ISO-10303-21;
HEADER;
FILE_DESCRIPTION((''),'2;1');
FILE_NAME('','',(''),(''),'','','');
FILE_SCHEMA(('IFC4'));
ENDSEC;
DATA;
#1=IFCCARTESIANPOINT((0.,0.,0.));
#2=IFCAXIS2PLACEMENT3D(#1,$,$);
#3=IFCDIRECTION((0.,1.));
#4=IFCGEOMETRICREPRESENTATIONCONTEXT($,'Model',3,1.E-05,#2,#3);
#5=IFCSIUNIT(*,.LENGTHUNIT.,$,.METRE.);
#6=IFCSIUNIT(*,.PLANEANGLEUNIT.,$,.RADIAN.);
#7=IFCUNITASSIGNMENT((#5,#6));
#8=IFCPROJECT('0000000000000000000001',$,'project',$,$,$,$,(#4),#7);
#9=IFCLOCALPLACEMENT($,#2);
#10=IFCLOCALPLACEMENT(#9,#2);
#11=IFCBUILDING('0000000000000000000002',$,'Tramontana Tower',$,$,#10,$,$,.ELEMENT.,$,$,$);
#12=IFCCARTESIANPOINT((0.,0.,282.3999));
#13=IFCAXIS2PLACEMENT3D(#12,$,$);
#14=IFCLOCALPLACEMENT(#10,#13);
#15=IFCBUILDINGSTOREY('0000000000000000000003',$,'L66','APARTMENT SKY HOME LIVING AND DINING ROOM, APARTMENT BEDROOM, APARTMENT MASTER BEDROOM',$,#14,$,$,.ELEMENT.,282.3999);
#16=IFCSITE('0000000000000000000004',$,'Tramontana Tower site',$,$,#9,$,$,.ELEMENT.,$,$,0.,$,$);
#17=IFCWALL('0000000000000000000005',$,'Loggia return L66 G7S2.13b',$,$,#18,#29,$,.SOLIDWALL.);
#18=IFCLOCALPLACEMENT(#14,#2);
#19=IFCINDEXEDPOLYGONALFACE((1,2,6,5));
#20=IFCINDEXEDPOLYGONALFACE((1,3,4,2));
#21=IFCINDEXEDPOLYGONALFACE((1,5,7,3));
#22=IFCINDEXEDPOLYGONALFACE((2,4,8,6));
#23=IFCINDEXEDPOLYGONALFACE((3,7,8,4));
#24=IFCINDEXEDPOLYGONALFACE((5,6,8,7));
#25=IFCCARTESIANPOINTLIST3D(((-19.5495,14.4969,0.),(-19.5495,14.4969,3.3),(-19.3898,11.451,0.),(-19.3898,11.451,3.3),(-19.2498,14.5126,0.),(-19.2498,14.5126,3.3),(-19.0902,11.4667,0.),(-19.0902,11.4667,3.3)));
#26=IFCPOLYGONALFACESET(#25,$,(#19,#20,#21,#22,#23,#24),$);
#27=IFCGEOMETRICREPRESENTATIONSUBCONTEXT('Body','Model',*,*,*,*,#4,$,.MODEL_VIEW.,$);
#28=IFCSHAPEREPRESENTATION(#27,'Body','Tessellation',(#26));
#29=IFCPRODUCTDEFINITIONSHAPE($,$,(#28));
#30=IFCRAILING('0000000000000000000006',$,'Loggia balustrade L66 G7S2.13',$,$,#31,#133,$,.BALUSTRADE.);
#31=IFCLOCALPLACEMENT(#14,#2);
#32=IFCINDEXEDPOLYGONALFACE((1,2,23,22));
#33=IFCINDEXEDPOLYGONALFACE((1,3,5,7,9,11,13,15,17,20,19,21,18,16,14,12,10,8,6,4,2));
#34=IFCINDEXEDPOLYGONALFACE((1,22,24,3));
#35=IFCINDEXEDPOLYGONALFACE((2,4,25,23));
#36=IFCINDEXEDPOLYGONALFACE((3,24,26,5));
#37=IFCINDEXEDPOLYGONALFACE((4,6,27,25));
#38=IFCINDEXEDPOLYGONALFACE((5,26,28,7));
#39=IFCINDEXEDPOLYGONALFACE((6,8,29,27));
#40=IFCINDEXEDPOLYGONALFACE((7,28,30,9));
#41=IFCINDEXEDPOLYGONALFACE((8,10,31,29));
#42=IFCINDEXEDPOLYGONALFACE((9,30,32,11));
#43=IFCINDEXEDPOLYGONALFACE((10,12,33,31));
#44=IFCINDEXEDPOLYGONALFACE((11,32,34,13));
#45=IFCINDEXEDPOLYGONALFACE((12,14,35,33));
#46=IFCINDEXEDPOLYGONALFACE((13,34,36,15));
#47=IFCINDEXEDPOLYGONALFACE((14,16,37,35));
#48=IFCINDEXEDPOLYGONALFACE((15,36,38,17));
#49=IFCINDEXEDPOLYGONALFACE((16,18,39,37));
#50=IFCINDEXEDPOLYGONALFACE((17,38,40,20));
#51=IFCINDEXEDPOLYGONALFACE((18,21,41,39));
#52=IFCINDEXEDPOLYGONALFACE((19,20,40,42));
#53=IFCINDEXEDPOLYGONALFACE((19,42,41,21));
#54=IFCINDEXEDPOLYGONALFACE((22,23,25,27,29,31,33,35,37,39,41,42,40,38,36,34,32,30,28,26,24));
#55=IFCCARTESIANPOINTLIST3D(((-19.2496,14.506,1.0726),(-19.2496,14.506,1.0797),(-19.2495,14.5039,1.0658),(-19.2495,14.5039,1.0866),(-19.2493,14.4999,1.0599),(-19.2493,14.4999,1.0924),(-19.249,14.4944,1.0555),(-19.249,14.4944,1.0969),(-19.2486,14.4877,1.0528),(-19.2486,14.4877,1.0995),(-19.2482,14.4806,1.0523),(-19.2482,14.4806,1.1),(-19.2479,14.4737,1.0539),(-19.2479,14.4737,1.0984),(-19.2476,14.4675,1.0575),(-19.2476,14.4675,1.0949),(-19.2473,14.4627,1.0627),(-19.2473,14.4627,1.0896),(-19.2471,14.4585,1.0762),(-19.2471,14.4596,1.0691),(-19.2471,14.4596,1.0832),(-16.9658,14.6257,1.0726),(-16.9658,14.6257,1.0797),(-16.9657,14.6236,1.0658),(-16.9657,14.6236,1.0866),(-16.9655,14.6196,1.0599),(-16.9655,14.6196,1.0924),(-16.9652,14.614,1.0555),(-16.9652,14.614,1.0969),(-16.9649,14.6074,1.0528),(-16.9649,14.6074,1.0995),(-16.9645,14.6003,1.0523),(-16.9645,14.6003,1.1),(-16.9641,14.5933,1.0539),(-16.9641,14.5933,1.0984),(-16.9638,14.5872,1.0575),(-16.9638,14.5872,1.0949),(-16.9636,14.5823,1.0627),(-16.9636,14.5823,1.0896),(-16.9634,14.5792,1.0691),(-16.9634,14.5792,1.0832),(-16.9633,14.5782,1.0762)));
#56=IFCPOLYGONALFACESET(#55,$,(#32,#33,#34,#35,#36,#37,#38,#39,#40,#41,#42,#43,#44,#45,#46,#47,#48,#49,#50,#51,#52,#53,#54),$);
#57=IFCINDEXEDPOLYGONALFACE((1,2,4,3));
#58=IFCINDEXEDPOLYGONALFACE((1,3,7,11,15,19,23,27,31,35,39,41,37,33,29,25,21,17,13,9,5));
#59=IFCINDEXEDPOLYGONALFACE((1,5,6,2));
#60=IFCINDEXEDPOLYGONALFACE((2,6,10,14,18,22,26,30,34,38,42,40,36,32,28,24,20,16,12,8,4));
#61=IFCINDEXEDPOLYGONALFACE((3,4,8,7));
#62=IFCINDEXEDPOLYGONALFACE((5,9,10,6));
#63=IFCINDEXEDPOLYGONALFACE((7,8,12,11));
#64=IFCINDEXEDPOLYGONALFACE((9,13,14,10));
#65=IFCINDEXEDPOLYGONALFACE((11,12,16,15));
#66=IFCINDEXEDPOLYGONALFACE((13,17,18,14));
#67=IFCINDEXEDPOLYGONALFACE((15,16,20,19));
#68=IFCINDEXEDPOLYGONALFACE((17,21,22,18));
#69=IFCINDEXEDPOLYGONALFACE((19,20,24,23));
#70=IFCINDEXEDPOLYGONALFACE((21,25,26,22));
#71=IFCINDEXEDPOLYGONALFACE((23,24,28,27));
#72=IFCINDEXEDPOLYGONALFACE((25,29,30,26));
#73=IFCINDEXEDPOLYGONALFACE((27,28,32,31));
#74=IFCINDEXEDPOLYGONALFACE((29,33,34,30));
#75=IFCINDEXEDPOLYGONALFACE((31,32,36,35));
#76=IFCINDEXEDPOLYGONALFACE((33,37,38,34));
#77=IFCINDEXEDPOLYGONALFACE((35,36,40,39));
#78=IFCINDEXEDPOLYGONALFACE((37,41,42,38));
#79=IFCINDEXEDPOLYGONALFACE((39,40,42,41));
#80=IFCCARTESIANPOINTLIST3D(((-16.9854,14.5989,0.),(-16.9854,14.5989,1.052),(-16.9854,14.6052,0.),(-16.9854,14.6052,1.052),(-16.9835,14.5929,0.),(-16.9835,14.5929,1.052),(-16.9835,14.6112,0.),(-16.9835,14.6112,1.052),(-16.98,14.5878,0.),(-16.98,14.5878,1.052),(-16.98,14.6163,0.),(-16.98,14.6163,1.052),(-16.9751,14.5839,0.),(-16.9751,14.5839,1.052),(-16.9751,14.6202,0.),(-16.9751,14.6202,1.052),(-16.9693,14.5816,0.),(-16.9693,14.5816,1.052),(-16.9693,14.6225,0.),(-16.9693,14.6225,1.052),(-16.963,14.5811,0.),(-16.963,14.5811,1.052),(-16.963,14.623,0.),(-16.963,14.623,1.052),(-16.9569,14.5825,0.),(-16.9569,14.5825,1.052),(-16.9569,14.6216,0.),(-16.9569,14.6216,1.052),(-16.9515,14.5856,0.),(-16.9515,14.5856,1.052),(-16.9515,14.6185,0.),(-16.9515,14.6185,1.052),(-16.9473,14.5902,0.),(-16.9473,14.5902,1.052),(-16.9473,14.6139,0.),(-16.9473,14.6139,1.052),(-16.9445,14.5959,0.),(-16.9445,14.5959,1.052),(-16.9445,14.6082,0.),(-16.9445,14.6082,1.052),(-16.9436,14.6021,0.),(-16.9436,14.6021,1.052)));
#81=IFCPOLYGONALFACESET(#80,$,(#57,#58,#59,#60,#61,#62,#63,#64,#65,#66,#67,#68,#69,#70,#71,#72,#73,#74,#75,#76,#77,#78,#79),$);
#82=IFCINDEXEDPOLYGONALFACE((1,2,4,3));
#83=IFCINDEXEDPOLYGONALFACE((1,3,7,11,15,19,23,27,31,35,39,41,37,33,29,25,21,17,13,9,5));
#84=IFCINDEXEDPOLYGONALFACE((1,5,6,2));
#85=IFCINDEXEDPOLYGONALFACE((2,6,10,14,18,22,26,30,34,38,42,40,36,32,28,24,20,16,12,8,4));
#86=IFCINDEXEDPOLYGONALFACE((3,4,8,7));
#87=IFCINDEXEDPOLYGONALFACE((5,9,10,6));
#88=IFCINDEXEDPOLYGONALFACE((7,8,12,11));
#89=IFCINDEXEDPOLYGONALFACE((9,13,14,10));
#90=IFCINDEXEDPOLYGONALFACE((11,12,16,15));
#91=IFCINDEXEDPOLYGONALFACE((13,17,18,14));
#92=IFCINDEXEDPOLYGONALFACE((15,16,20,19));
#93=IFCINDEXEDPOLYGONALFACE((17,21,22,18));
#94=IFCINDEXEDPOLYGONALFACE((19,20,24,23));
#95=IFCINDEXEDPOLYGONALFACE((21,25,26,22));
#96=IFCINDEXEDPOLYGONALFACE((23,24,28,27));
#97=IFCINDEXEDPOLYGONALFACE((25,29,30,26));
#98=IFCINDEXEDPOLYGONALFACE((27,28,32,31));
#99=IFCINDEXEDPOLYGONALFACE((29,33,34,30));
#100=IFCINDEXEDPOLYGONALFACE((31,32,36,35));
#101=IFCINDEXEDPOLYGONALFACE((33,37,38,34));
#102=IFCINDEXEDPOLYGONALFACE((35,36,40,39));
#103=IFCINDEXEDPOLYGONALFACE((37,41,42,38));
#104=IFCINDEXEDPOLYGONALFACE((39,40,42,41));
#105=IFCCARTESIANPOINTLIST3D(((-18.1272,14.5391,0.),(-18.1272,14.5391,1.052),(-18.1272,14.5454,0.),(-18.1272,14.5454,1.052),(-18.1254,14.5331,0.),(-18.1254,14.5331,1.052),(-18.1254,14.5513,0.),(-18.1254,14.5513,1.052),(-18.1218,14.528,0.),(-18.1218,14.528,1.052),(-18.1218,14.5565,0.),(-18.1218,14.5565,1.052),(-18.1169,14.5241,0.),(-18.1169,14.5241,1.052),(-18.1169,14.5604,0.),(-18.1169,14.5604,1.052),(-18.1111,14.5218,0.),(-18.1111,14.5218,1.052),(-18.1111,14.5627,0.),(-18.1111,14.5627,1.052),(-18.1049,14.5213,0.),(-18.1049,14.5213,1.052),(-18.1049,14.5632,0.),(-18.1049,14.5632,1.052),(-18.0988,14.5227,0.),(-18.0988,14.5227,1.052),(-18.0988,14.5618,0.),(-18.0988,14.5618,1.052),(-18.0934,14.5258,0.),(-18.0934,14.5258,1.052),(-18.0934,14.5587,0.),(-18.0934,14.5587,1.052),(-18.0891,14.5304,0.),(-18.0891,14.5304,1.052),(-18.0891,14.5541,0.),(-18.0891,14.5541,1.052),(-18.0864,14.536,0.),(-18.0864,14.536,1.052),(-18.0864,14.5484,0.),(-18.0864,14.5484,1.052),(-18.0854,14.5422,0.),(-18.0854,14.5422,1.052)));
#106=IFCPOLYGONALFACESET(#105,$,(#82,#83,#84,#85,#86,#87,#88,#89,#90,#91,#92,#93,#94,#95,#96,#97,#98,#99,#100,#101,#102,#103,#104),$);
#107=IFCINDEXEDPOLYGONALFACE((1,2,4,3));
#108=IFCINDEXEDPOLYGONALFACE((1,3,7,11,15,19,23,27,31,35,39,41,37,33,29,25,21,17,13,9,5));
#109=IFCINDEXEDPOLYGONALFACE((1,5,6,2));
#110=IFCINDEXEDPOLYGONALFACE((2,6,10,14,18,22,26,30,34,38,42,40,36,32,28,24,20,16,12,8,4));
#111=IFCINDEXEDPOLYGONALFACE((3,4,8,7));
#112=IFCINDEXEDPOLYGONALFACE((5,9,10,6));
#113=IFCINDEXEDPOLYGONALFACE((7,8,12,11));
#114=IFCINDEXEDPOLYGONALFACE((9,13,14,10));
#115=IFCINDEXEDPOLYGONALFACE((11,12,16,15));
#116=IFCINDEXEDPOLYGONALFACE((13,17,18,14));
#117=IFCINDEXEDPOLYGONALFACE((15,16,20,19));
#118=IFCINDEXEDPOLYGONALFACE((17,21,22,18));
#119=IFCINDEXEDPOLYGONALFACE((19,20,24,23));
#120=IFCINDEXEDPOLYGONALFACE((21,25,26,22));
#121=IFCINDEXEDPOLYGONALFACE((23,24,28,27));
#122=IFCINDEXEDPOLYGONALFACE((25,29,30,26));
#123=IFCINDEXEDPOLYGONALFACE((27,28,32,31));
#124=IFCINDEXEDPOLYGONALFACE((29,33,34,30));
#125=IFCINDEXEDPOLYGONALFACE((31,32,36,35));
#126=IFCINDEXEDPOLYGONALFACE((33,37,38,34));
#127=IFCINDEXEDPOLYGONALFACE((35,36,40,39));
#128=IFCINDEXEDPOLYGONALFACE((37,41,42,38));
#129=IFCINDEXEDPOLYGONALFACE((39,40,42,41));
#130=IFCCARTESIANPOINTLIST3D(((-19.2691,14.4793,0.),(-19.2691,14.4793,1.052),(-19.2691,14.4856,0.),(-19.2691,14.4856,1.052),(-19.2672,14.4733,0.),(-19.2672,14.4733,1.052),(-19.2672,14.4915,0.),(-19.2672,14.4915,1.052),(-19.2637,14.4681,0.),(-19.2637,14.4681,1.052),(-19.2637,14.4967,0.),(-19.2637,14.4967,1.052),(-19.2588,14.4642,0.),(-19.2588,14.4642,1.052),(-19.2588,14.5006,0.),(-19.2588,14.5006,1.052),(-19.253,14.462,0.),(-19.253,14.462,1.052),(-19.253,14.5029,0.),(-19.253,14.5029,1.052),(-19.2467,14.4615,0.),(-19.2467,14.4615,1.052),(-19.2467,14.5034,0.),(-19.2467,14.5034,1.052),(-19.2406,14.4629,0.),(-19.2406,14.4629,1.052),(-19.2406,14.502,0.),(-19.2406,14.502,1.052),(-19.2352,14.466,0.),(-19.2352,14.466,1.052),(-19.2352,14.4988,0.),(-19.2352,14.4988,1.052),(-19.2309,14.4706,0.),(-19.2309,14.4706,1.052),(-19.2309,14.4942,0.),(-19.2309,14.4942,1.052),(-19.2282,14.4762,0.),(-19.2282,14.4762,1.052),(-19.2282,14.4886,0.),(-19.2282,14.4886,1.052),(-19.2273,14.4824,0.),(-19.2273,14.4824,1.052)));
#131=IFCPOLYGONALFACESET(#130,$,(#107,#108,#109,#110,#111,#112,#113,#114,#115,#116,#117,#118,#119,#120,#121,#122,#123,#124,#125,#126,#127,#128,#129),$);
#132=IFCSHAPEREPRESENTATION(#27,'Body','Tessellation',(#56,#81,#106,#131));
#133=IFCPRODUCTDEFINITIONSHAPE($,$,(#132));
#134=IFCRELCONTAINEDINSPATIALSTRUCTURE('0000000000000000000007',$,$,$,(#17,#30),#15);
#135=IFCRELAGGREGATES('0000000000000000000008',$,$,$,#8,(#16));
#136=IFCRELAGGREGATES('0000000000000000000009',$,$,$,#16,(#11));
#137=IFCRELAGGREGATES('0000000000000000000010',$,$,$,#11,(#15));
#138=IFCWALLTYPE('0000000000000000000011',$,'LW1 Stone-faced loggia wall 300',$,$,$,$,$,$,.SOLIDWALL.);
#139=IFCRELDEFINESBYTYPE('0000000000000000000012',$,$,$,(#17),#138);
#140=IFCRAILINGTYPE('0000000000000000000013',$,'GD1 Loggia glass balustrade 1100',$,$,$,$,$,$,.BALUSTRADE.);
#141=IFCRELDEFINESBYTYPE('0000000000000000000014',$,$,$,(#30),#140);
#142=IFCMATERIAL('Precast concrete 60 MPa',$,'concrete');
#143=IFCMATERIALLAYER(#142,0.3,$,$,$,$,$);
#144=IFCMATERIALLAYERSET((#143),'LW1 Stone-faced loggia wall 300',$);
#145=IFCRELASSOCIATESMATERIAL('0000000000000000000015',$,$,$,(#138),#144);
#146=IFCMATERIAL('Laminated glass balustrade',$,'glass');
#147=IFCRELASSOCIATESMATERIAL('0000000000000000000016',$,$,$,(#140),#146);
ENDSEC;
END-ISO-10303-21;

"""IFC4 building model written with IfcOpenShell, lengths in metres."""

from ifc_helpers import new_model, si_unit, direction, frame, frame_2d, origin, origin_2d, place, context, subcontext, project, spatial, rectangle, circle, extrude, material, layer, layer_set, type_object, element, save


model = new_model("IFC4")

# Units and contexts
model_context = context("Model", 3, precision=1e-05, world=origin(), true_north=direction((0.0, 1.0)))
body_context = subcontext(model_context, "Body", "Model", "MODEL_VIEW")
ifc_project = project(units=[si_unit("LENGTHUNIT", "METRE"), si_unit("PLANEANGLEUNIT", "RADIAN")], contexts=[model_context])

# Site, building, storey
site_placement = place(None, origin())
site = spatial("IfcSite", under=ifc_project, at=site_placement, Name="Tramontana Tower site", CompositionType="ELEMENT", RefElevation=0.0)
building_placement = place(site_placement, origin())
building = spatial("IfcBuilding", under=site, at=building_placement, Name="Tramontana Tower", CompositionType="ELEMENT")
storey_placement = place(building_placement, frame((0.0, 0.0, 282.3999)))
storey = spatial("IfcBuildingStorey", under=building, at=storey_placement, Name="L66", Description="APARTMENT SKY HOME LIVING AND DINING ROOM, APARTMENT BEDROOM, APARTMENT MASTER BEDROOM", CompositionType="ELEMENT", Elevation=282.3999)

# Wall
ifc_material_1 = material(Name="Precast concrete 60 MPa", Category="concrete")
ifc_layer_1 = layer(ifc_material_1, 0.3)
ifc_layer_set_1 = layer_set([ifc_layer_1], Name="LW1 Stone-faced loggia wall 300")
wall_type_1 = type_object("IfcWallType", Name="LW1 Stone-faced loggia wall 300", PredefinedType="SOLIDWALL", material=ifc_layer_set_1)
wall_1_placement = place(storey_placement, frame((-19.3997, 14.5046, 0.0), z_axis=(0.0, 0.0, 1.0), x_axis=(0.052349, -0.998629, 0.0)))
element("IfcWall", 1, at=wall_1_placement, inside=storey, type_object=wall_type_1, Name="Loggia return L66 G7S2.13b", PredefinedType="SOLIDWALL", context=body_context, shape_type="SweptSolid", body=[
    extrude(rectangle(XDim=3.05, YDim=0.3, at=frame_2d((1.5249, 0.0))), origin(), (0.0, 0.0, 1.0), 3.3),
])

# Railing
ifc_material_2 = material(Name="Laminated glass balustrade", Category="glass")
railing_type = type_object("IfcRailingType", Name="GD1 Loggia glass balustrade 1100", PredefinedType="BALUSTRADE", material=ifc_material_2)
railing_1_placement = place(storey_placement, frame((-16.9646, 14.6021, 0.0)))
element("IfcRailing", 2, at=railing_1_placement, inside=storey, type_object=railing_type, Name="Loggia balustrade L66 G7S2.13", PredefinedType="BALUSTRADE", context=body_context, shape_type="SweptSolid", body=[
    extrude(circle(Radius=0.0239, at=origin_2d()), frame((0.0, 0.0, 1.0762), z_axis=(-0.998631, -0.052312, 0.0), x_axis=(0.052312, -0.998631, 0.0)), (0.0, 0.0, 1.0), 2.2869),
    extrude(circle(Radius=0.021, at=origin_2d()), origin(), (0.0, 0.0, 1.0), 1.052),
    extrude(circle(Radius=0.021, at=origin_2d()), frame((-1.1418, -0.0598, 0.0)), (0.0, 0.0, 1.0), 1.052),
    extrude(circle(Radius=0.021, at=origin_2d()), frame((-2.2837, -0.1196, 0.0)), (0.0, 0.0, 1.0), 1.052),
])

save(model, "model.ifc")
